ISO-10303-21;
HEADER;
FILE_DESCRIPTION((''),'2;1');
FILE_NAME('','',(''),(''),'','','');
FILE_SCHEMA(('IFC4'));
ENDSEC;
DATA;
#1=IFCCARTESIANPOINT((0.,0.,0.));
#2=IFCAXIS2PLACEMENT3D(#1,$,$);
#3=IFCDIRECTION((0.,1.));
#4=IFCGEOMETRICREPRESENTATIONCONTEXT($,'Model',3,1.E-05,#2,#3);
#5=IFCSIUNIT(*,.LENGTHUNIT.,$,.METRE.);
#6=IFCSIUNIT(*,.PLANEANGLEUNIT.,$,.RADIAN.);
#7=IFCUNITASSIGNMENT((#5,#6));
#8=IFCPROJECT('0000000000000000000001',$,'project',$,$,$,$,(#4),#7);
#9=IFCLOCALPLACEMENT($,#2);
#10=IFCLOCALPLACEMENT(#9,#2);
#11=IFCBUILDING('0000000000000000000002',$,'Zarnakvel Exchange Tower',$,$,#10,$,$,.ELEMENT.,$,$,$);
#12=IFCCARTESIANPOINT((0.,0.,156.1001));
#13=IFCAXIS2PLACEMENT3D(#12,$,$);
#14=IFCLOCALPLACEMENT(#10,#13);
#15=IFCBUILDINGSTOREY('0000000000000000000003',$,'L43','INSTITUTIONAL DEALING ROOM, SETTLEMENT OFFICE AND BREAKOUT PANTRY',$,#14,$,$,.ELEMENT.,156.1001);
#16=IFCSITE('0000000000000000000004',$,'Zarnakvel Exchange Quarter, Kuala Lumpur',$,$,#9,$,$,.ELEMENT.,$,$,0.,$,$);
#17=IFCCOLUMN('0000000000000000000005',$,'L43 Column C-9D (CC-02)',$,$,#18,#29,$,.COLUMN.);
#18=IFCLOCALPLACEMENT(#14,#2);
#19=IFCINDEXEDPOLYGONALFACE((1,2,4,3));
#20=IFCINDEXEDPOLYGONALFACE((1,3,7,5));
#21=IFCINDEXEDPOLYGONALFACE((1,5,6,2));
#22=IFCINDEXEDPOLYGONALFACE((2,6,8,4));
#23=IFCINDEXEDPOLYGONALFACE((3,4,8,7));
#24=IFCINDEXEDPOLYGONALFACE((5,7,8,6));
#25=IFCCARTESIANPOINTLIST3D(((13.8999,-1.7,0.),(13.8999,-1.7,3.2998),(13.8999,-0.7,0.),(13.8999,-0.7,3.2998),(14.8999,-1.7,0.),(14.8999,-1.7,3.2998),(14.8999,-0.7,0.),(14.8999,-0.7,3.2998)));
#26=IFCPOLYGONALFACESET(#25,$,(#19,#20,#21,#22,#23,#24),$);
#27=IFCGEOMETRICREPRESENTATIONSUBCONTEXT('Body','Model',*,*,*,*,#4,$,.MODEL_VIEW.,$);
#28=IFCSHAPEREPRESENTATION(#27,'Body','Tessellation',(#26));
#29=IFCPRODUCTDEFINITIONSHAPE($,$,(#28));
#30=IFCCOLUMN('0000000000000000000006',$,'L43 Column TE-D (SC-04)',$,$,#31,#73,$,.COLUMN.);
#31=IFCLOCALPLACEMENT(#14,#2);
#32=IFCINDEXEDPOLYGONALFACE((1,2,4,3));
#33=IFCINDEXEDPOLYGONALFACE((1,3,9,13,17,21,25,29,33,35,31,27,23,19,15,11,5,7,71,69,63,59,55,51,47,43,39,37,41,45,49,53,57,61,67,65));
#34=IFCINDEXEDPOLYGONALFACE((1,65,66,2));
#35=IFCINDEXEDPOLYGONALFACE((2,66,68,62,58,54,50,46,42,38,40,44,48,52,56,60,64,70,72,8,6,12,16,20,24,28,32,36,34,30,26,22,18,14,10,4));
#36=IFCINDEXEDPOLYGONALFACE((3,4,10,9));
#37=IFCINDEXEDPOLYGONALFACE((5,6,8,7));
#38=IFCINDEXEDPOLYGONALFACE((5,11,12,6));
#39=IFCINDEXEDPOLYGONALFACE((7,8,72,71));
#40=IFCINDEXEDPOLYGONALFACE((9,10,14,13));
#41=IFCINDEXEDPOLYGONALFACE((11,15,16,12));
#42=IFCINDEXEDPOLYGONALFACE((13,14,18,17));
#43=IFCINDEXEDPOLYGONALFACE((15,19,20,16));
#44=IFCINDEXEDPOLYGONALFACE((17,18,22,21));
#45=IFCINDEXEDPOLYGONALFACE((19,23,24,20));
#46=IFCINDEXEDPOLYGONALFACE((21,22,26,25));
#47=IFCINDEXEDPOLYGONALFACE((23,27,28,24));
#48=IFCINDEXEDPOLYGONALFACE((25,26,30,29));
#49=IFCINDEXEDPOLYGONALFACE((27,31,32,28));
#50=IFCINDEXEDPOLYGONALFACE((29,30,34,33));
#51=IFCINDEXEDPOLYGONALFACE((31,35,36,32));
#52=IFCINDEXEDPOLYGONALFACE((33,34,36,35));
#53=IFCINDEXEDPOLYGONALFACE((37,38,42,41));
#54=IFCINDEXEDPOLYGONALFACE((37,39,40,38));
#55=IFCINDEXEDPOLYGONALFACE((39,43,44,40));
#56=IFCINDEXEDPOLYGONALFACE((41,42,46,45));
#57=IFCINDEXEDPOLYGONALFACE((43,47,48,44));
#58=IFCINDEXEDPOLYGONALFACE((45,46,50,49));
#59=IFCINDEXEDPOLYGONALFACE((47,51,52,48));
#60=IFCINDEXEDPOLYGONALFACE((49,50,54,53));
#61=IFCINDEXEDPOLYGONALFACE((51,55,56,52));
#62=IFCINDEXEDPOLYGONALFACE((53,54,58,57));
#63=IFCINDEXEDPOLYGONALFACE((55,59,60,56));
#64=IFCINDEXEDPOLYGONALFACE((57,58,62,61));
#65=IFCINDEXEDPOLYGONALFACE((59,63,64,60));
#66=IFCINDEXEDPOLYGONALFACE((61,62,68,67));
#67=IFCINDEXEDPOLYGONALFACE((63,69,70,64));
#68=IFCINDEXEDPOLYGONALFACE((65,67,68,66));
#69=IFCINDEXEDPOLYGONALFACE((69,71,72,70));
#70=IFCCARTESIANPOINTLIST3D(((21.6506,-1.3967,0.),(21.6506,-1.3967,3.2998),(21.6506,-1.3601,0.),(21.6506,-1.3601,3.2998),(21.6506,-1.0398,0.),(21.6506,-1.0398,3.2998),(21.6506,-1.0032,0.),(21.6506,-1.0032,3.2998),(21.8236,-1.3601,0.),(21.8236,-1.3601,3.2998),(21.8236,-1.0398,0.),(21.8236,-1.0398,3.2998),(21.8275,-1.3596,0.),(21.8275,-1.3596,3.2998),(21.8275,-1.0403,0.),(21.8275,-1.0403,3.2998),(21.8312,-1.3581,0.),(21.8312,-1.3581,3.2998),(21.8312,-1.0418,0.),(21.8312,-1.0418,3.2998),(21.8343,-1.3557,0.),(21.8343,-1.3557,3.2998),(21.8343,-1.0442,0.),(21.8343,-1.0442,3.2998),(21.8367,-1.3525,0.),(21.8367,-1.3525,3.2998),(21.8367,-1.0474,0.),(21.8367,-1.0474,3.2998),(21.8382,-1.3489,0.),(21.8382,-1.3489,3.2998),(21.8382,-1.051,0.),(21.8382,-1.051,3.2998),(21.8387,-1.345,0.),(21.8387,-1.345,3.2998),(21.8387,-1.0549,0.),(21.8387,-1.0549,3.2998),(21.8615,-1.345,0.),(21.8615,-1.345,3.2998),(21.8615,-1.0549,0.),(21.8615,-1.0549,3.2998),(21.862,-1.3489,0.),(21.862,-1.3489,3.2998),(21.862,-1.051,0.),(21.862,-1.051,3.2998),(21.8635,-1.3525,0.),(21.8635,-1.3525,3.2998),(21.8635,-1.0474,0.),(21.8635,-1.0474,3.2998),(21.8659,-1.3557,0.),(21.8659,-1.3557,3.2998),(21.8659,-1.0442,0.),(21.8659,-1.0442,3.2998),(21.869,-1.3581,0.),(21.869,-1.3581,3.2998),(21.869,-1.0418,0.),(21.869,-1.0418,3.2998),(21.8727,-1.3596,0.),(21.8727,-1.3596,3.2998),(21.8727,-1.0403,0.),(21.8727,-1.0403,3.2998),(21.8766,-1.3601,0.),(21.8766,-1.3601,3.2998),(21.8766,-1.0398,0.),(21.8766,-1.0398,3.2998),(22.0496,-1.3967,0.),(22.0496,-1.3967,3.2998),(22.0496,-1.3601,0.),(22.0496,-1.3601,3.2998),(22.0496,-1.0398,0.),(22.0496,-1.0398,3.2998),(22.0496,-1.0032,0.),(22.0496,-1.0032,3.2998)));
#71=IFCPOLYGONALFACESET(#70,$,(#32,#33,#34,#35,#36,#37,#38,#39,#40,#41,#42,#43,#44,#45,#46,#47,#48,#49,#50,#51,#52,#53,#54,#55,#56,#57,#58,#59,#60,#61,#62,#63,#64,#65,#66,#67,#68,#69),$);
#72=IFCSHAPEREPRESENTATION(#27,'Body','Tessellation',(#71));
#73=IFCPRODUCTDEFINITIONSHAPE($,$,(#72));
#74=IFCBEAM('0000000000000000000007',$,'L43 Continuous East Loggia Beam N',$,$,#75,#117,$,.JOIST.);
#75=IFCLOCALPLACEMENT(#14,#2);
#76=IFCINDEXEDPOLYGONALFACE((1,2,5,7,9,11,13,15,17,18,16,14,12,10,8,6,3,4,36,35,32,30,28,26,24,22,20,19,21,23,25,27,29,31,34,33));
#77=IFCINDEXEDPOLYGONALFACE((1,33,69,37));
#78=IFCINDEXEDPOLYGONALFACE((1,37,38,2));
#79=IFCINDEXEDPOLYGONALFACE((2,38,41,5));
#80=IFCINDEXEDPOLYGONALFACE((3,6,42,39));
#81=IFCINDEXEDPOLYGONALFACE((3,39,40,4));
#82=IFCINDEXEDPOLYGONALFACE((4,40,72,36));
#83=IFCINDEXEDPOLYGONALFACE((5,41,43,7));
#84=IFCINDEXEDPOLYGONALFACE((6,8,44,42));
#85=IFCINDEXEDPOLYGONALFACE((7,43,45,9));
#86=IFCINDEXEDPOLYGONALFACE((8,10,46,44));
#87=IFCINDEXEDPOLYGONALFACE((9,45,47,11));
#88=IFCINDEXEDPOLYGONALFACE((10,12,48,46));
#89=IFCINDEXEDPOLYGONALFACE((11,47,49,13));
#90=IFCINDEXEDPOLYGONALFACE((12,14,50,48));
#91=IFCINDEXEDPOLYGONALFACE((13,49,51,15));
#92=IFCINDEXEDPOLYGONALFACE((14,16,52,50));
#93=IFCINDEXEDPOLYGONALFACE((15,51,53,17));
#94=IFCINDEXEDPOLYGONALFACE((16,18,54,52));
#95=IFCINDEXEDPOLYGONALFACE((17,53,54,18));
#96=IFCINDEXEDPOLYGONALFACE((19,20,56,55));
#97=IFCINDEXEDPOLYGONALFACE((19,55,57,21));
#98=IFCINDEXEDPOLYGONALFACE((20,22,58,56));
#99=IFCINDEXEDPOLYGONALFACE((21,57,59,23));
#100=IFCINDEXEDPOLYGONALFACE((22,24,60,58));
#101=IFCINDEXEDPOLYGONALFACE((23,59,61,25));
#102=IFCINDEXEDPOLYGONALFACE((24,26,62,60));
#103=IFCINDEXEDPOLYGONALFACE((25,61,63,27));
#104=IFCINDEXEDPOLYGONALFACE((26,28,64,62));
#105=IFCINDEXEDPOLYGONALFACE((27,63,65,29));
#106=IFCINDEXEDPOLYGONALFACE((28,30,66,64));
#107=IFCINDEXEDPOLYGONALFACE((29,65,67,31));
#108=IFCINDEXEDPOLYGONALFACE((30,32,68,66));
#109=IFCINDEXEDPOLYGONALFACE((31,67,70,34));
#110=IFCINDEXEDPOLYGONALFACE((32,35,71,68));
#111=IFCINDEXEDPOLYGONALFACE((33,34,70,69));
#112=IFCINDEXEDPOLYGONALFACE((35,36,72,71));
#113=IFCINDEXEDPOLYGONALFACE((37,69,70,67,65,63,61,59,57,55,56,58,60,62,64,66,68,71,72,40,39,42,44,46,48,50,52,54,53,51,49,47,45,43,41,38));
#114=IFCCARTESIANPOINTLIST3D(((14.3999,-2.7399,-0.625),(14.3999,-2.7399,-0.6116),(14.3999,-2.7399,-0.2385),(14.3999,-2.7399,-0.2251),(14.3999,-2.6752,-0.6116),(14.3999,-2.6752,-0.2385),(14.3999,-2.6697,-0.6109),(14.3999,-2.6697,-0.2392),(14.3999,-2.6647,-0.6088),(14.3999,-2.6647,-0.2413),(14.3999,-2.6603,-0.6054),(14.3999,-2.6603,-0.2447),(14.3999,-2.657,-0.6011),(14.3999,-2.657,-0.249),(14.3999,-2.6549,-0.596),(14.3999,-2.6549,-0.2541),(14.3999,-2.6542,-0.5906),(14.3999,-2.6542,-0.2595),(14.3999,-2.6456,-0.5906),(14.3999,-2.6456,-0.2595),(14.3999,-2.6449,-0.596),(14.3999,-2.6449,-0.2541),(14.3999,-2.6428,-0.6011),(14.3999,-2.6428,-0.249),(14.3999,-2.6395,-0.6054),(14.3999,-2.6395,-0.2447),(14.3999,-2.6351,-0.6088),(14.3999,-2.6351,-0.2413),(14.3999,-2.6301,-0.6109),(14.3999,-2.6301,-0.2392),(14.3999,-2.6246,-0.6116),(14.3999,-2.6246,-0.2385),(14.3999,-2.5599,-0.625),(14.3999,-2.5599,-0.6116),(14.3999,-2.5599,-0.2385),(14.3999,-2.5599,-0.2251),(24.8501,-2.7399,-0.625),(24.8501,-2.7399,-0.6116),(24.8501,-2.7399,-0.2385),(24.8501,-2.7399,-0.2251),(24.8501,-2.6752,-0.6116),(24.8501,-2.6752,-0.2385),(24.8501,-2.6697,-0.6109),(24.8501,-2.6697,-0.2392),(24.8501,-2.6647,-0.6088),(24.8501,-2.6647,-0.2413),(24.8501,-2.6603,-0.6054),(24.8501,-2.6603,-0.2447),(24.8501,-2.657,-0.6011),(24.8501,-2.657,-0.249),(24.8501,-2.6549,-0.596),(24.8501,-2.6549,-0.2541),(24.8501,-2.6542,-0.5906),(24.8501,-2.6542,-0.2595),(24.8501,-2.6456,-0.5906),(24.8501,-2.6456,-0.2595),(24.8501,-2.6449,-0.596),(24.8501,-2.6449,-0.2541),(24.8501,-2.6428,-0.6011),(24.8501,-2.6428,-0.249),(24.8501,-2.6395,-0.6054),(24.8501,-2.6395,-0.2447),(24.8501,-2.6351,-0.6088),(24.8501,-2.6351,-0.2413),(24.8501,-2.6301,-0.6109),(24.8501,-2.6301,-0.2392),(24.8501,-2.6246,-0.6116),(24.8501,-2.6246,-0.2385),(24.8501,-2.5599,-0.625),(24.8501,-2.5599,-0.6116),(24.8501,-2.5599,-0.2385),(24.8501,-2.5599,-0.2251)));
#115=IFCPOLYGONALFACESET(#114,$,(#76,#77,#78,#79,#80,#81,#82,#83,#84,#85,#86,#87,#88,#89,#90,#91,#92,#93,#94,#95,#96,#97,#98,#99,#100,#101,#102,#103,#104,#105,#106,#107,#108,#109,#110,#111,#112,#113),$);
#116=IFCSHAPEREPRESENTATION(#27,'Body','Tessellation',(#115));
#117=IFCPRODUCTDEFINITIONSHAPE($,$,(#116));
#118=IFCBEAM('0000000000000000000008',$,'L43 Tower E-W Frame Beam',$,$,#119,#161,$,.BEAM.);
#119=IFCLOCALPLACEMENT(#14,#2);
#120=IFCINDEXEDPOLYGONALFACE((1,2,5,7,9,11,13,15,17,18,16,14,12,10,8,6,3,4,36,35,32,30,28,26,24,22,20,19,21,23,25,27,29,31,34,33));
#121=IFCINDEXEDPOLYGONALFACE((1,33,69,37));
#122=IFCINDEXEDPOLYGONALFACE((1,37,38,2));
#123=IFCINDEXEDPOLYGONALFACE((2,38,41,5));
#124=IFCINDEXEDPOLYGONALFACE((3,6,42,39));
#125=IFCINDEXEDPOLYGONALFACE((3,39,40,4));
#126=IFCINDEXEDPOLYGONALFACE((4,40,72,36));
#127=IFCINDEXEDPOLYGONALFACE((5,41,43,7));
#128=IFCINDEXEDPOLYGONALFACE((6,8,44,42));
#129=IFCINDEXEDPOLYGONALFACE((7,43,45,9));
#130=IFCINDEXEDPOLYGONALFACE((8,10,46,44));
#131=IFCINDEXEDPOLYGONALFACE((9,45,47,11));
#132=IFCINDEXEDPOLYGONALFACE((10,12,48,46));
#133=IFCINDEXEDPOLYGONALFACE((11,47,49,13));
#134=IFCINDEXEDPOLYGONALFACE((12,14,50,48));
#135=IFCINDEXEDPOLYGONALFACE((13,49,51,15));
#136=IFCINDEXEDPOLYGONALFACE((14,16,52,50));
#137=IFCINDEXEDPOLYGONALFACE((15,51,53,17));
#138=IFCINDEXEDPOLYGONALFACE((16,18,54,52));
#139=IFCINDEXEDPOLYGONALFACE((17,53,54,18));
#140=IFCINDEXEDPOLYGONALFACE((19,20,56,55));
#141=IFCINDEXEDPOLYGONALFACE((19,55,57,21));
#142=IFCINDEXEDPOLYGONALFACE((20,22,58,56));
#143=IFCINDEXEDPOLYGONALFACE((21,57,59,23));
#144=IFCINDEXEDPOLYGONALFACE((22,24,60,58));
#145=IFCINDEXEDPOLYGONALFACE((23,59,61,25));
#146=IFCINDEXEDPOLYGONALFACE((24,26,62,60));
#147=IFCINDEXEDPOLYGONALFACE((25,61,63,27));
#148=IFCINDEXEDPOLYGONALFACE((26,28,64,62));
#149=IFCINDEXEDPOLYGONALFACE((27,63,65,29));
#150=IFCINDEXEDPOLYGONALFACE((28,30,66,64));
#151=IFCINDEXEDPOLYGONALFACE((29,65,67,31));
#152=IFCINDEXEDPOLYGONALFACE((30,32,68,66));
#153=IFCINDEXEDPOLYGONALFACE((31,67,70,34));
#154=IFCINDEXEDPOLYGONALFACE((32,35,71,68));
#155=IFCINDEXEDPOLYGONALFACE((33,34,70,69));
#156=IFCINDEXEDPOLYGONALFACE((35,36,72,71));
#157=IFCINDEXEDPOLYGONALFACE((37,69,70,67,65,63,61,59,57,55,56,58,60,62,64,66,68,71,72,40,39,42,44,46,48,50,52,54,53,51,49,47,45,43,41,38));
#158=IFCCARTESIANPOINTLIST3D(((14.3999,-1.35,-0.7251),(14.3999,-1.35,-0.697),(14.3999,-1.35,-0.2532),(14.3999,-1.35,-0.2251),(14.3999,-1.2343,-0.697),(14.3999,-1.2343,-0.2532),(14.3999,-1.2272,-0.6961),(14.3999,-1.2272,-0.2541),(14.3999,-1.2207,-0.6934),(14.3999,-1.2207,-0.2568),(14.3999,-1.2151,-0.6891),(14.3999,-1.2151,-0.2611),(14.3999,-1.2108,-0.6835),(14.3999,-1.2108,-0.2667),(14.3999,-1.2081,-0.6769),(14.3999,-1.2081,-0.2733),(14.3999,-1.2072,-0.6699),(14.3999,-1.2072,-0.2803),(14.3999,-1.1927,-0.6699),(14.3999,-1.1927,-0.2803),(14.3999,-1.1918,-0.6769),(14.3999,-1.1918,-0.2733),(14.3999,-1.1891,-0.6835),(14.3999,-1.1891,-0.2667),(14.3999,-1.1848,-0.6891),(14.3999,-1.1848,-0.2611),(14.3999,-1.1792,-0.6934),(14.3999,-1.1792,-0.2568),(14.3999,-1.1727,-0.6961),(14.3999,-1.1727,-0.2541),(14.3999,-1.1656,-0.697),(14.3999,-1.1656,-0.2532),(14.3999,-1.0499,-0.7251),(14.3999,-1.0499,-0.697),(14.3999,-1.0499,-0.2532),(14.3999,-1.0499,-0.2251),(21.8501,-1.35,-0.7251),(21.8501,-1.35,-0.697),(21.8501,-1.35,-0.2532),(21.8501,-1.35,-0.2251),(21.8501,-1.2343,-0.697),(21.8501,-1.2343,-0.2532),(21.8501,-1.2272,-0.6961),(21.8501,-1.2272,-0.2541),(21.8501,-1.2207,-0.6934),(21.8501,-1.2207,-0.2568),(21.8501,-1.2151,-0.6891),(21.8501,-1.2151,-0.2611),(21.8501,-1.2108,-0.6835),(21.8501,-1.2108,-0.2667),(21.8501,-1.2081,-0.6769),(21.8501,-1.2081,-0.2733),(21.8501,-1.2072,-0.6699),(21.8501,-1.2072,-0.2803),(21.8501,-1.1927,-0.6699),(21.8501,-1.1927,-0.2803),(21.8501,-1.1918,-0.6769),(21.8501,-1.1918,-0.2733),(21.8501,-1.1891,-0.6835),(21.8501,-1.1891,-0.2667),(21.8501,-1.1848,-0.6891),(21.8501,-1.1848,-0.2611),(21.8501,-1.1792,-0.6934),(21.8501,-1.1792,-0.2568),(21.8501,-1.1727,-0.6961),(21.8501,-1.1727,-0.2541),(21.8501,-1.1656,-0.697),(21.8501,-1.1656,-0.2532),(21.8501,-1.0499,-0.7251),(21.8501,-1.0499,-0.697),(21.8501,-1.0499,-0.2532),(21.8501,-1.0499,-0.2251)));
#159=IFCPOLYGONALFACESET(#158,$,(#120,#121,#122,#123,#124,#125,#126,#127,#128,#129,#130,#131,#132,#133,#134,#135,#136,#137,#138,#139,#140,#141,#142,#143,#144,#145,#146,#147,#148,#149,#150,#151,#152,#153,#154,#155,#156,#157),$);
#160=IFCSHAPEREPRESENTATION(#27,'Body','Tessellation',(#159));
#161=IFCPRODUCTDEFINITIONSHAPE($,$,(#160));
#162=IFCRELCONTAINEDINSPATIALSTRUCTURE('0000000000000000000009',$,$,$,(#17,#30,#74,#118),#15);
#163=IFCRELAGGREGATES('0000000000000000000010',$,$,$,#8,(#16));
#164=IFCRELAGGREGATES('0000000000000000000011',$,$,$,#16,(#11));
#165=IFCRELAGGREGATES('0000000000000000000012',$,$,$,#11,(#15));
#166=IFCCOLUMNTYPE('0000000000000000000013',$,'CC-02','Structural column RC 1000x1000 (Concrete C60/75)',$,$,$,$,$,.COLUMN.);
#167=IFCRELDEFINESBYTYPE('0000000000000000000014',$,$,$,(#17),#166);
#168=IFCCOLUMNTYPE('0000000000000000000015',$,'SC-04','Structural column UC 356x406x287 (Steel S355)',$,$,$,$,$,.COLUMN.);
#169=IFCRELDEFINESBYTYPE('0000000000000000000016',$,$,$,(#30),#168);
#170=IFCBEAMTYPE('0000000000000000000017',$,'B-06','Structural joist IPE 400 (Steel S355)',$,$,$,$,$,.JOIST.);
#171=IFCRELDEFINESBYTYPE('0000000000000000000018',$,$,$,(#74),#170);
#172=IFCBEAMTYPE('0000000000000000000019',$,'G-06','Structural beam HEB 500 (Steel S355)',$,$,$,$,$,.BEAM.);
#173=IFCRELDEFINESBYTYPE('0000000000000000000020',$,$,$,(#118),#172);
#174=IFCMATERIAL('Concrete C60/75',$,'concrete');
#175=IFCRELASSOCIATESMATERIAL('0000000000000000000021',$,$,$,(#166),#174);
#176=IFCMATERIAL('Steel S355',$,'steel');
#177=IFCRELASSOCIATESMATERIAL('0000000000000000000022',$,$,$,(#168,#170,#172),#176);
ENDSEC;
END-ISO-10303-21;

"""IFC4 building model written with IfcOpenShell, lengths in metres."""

from ifc_helpers import new_model, si_unit, direction, frame, origin, origin_2d, place, context, subcontext, project, spatial, rectangle, i_section, extrude, material, material_profile, profile_set, type_object, element, save


model = new_model("IFC4")

# Units and contexts
model_context = context("Model", 3, precision=1e-05, world=origin(), true_north=direction((0.0, 1.0)))
body_context = subcontext(model_context, "Body", "Model", "MODEL_VIEW")
ifc_project = project(units=[si_unit("LENGTHUNIT", "METRE"), si_unit("PLANEANGLEUNIT", "RADIAN")], contexts=[model_context])

# Site, building, storey
site_placement = place(None, origin())
site = spatial("IfcSite", under=ifc_project, at=site_placement, Name="Zarnakvel Exchange Quarter, Kuala Lumpur", CompositionType="ELEMENT", RefElevation=0.0)
building_placement = place(site_placement, origin())
building = spatial("IfcBuilding", under=site, at=building_placement, Name="Zarnakvel Exchange Tower", CompositionType="ELEMENT")
storey_placement = place(building_placement, frame((0.0, 0.0, 156.1001)))
storey = spatial("IfcBuildingStorey", under=building, at=storey_placement, Name="L43", Description="INSTITUTIONAL DEALING ROOM, SETTLEMENT OFFICE AND BREAKOUT PANTRY", CompositionType="ELEMENT", Elevation=156.1001)

# Columns
ifc_material_1 = material(Name="Concrete C60/75", Category="concrete")
ifc_material_profile_1 = material_profile(ifc_material_1, rectangle(XDim=1.0, YDim=1.0, at=origin_2d()))
ifc_profile_set_1 = profile_set([ifc_material_profile_1], Name="Concrete C60/75")
column_type_1 = type_object("IfcColumnType", Name="CC-02", Description="Structural column RC 1000x1000 (Concrete C60/75)", PredefinedType="COLUMN", material=ifc_profile_set_1)
column_1_placement = place(storey_placement, frame((14.3999, -1.2, 0.0), z_axis=(0.0, 0.0, 1.0), x_axis=(1.0, 0.0, 0.0)))
element("IfcColumn", 1, at=column_1_placement, inside=storey, type_object=column_type_1, Name="L43 Column C-9D (CC-02)", PredefinedType="COLUMN", context=body_context, shape_type="SweptSolid", body=[
    extrude(rectangle(XDim=1.0, YDim=1.0, at=origin_2d()), origin(), (0.0, 0.0, 1.0), 3.2998),
])
ifc_material_2 = material(Name="Steel S355", Category="steel")
ifc_material_profile_2 = material_profile(ifc_material_2, i_section(OverallWidth=0.3989, OverallDepth=0.3936, WebThickness=0.0227, FlangeThickness=0.0366, FilletRadius=0.0151, at=origin_2d()))
ifc_profile_set_2 = profile_set([ifc_material_profile_2], Name="Steel S355")
column_type_2 = type_object("IfcColumnType", Name="SC-04", Description="Structural column UC 356x406x287 (Steel S355)", PredefinedType="COLUMN", material=ifc_profile_set_2)
column_2_placement = place(storey_placement, frame((21.8501, -1.2, 0.0), z_axis=(0.0, 0.0, 1.0), x_axis=(1.0, 0.0, 0.0)))
element("IfcColumn", 2, at=column_2_placement, inside=storey, type_object=column_type_2, Name="L43 Column TE-D (SC-04)", PredefinedType="COLUMN", context=body_context, shape_type="SweptSolid", body=[
    extrude(i_section(OverallWidth=0.3989, OverallDepth=0.3936, WebThickness=0.0227, FlangeThickness=0.0366, FilletRadius=0.0151, at=origin_2d()), origin(), (0.0, 0.0, 1.0), 3.2998),
])

# Beams
ifc_material_profile_3 = material_profile(ifc_material_2, i_section(OverallWidth=0.1799, OverallDepth=0.3999, WebThickness=0.0085, FlangeThickness=0.0134, FilletRadius=0.021, at=origin_2d()))
ifc_profile_set_3 = profile_set([ifc_material_profile_3], Name="Steel S355")
beam_type_1 = type_object("IfcBeamType", Name="B-06", Description="Structural joist IPE 400 (Steel S355)", PredefinedType="JOIST", material=ifc_profile_set_3)
beam_1_placement = place(storey_placement, frame((14.3999, -2.6499, -0.425), z_axis=(1.0, 0.0, 0.0), x_axis=(0.0, 1.0, 0.0)))
element("IfcBeam", 3, at=beam_1_placement, inside=storey, type_object=beam_type_1, Name="L43 Continuous East Loggia Beam N", PredefinedType="JOIST", context=body_context, shape_type="SweptSolid", body=[
    extrude(i_section(OverallWidth=0.1799, OverallDepth=0.3999, WebThickness=0.0085, FlangeThickness=0.0134, FilletRadius=0.021, at=origin_2d()), origin(), (0.0, 0.0, 1.0), 10.4502),
])
ifc_material_profile_4 = material_profile(ifc_material_2, i_section(OverallWidth=0.3, OverallDepth=0.5, WebThickness=0.0144, FlangeThickness=0.0281, FilletRadius=0.0271, at=origin_2d()))
ifc_profile_set_4 = profile_set([ifc_material_profile_4], Name="Steel S355")
beam_type_2 = type_object("IfcBeamType", Name="G-06", Description="Structural beam HEB 500 (Steel S355)", PredefinedType="BEAM", material=ifc_profile_set_4)
beam_2_placement = place(storey_placement, frame((14.3999, -1.2, -0.4751), z_axis=(1.0, 0.0, 0.0), x_axis=(0.0, 1.0, 0.0)))
element("IfcBeam", 4, at=beam_2_placement, inside=storey, type_object=beam_type_2, Name="L43 Tower E-W Frame Beam", PredefinedType="BEAM", context=body_context, shape_type="SweptSolid", body=[
    extrude(i_section(OverallWidth=0.3, OverallDepth=0.5, WebThickness=0.0144, FlangeThickness=0.0281, FilletRadius=0.0271, at=origin_2d()), origin(), (0.0, 0.0, 1.0), 7.4502),
])

save(model, "model.ifc")
